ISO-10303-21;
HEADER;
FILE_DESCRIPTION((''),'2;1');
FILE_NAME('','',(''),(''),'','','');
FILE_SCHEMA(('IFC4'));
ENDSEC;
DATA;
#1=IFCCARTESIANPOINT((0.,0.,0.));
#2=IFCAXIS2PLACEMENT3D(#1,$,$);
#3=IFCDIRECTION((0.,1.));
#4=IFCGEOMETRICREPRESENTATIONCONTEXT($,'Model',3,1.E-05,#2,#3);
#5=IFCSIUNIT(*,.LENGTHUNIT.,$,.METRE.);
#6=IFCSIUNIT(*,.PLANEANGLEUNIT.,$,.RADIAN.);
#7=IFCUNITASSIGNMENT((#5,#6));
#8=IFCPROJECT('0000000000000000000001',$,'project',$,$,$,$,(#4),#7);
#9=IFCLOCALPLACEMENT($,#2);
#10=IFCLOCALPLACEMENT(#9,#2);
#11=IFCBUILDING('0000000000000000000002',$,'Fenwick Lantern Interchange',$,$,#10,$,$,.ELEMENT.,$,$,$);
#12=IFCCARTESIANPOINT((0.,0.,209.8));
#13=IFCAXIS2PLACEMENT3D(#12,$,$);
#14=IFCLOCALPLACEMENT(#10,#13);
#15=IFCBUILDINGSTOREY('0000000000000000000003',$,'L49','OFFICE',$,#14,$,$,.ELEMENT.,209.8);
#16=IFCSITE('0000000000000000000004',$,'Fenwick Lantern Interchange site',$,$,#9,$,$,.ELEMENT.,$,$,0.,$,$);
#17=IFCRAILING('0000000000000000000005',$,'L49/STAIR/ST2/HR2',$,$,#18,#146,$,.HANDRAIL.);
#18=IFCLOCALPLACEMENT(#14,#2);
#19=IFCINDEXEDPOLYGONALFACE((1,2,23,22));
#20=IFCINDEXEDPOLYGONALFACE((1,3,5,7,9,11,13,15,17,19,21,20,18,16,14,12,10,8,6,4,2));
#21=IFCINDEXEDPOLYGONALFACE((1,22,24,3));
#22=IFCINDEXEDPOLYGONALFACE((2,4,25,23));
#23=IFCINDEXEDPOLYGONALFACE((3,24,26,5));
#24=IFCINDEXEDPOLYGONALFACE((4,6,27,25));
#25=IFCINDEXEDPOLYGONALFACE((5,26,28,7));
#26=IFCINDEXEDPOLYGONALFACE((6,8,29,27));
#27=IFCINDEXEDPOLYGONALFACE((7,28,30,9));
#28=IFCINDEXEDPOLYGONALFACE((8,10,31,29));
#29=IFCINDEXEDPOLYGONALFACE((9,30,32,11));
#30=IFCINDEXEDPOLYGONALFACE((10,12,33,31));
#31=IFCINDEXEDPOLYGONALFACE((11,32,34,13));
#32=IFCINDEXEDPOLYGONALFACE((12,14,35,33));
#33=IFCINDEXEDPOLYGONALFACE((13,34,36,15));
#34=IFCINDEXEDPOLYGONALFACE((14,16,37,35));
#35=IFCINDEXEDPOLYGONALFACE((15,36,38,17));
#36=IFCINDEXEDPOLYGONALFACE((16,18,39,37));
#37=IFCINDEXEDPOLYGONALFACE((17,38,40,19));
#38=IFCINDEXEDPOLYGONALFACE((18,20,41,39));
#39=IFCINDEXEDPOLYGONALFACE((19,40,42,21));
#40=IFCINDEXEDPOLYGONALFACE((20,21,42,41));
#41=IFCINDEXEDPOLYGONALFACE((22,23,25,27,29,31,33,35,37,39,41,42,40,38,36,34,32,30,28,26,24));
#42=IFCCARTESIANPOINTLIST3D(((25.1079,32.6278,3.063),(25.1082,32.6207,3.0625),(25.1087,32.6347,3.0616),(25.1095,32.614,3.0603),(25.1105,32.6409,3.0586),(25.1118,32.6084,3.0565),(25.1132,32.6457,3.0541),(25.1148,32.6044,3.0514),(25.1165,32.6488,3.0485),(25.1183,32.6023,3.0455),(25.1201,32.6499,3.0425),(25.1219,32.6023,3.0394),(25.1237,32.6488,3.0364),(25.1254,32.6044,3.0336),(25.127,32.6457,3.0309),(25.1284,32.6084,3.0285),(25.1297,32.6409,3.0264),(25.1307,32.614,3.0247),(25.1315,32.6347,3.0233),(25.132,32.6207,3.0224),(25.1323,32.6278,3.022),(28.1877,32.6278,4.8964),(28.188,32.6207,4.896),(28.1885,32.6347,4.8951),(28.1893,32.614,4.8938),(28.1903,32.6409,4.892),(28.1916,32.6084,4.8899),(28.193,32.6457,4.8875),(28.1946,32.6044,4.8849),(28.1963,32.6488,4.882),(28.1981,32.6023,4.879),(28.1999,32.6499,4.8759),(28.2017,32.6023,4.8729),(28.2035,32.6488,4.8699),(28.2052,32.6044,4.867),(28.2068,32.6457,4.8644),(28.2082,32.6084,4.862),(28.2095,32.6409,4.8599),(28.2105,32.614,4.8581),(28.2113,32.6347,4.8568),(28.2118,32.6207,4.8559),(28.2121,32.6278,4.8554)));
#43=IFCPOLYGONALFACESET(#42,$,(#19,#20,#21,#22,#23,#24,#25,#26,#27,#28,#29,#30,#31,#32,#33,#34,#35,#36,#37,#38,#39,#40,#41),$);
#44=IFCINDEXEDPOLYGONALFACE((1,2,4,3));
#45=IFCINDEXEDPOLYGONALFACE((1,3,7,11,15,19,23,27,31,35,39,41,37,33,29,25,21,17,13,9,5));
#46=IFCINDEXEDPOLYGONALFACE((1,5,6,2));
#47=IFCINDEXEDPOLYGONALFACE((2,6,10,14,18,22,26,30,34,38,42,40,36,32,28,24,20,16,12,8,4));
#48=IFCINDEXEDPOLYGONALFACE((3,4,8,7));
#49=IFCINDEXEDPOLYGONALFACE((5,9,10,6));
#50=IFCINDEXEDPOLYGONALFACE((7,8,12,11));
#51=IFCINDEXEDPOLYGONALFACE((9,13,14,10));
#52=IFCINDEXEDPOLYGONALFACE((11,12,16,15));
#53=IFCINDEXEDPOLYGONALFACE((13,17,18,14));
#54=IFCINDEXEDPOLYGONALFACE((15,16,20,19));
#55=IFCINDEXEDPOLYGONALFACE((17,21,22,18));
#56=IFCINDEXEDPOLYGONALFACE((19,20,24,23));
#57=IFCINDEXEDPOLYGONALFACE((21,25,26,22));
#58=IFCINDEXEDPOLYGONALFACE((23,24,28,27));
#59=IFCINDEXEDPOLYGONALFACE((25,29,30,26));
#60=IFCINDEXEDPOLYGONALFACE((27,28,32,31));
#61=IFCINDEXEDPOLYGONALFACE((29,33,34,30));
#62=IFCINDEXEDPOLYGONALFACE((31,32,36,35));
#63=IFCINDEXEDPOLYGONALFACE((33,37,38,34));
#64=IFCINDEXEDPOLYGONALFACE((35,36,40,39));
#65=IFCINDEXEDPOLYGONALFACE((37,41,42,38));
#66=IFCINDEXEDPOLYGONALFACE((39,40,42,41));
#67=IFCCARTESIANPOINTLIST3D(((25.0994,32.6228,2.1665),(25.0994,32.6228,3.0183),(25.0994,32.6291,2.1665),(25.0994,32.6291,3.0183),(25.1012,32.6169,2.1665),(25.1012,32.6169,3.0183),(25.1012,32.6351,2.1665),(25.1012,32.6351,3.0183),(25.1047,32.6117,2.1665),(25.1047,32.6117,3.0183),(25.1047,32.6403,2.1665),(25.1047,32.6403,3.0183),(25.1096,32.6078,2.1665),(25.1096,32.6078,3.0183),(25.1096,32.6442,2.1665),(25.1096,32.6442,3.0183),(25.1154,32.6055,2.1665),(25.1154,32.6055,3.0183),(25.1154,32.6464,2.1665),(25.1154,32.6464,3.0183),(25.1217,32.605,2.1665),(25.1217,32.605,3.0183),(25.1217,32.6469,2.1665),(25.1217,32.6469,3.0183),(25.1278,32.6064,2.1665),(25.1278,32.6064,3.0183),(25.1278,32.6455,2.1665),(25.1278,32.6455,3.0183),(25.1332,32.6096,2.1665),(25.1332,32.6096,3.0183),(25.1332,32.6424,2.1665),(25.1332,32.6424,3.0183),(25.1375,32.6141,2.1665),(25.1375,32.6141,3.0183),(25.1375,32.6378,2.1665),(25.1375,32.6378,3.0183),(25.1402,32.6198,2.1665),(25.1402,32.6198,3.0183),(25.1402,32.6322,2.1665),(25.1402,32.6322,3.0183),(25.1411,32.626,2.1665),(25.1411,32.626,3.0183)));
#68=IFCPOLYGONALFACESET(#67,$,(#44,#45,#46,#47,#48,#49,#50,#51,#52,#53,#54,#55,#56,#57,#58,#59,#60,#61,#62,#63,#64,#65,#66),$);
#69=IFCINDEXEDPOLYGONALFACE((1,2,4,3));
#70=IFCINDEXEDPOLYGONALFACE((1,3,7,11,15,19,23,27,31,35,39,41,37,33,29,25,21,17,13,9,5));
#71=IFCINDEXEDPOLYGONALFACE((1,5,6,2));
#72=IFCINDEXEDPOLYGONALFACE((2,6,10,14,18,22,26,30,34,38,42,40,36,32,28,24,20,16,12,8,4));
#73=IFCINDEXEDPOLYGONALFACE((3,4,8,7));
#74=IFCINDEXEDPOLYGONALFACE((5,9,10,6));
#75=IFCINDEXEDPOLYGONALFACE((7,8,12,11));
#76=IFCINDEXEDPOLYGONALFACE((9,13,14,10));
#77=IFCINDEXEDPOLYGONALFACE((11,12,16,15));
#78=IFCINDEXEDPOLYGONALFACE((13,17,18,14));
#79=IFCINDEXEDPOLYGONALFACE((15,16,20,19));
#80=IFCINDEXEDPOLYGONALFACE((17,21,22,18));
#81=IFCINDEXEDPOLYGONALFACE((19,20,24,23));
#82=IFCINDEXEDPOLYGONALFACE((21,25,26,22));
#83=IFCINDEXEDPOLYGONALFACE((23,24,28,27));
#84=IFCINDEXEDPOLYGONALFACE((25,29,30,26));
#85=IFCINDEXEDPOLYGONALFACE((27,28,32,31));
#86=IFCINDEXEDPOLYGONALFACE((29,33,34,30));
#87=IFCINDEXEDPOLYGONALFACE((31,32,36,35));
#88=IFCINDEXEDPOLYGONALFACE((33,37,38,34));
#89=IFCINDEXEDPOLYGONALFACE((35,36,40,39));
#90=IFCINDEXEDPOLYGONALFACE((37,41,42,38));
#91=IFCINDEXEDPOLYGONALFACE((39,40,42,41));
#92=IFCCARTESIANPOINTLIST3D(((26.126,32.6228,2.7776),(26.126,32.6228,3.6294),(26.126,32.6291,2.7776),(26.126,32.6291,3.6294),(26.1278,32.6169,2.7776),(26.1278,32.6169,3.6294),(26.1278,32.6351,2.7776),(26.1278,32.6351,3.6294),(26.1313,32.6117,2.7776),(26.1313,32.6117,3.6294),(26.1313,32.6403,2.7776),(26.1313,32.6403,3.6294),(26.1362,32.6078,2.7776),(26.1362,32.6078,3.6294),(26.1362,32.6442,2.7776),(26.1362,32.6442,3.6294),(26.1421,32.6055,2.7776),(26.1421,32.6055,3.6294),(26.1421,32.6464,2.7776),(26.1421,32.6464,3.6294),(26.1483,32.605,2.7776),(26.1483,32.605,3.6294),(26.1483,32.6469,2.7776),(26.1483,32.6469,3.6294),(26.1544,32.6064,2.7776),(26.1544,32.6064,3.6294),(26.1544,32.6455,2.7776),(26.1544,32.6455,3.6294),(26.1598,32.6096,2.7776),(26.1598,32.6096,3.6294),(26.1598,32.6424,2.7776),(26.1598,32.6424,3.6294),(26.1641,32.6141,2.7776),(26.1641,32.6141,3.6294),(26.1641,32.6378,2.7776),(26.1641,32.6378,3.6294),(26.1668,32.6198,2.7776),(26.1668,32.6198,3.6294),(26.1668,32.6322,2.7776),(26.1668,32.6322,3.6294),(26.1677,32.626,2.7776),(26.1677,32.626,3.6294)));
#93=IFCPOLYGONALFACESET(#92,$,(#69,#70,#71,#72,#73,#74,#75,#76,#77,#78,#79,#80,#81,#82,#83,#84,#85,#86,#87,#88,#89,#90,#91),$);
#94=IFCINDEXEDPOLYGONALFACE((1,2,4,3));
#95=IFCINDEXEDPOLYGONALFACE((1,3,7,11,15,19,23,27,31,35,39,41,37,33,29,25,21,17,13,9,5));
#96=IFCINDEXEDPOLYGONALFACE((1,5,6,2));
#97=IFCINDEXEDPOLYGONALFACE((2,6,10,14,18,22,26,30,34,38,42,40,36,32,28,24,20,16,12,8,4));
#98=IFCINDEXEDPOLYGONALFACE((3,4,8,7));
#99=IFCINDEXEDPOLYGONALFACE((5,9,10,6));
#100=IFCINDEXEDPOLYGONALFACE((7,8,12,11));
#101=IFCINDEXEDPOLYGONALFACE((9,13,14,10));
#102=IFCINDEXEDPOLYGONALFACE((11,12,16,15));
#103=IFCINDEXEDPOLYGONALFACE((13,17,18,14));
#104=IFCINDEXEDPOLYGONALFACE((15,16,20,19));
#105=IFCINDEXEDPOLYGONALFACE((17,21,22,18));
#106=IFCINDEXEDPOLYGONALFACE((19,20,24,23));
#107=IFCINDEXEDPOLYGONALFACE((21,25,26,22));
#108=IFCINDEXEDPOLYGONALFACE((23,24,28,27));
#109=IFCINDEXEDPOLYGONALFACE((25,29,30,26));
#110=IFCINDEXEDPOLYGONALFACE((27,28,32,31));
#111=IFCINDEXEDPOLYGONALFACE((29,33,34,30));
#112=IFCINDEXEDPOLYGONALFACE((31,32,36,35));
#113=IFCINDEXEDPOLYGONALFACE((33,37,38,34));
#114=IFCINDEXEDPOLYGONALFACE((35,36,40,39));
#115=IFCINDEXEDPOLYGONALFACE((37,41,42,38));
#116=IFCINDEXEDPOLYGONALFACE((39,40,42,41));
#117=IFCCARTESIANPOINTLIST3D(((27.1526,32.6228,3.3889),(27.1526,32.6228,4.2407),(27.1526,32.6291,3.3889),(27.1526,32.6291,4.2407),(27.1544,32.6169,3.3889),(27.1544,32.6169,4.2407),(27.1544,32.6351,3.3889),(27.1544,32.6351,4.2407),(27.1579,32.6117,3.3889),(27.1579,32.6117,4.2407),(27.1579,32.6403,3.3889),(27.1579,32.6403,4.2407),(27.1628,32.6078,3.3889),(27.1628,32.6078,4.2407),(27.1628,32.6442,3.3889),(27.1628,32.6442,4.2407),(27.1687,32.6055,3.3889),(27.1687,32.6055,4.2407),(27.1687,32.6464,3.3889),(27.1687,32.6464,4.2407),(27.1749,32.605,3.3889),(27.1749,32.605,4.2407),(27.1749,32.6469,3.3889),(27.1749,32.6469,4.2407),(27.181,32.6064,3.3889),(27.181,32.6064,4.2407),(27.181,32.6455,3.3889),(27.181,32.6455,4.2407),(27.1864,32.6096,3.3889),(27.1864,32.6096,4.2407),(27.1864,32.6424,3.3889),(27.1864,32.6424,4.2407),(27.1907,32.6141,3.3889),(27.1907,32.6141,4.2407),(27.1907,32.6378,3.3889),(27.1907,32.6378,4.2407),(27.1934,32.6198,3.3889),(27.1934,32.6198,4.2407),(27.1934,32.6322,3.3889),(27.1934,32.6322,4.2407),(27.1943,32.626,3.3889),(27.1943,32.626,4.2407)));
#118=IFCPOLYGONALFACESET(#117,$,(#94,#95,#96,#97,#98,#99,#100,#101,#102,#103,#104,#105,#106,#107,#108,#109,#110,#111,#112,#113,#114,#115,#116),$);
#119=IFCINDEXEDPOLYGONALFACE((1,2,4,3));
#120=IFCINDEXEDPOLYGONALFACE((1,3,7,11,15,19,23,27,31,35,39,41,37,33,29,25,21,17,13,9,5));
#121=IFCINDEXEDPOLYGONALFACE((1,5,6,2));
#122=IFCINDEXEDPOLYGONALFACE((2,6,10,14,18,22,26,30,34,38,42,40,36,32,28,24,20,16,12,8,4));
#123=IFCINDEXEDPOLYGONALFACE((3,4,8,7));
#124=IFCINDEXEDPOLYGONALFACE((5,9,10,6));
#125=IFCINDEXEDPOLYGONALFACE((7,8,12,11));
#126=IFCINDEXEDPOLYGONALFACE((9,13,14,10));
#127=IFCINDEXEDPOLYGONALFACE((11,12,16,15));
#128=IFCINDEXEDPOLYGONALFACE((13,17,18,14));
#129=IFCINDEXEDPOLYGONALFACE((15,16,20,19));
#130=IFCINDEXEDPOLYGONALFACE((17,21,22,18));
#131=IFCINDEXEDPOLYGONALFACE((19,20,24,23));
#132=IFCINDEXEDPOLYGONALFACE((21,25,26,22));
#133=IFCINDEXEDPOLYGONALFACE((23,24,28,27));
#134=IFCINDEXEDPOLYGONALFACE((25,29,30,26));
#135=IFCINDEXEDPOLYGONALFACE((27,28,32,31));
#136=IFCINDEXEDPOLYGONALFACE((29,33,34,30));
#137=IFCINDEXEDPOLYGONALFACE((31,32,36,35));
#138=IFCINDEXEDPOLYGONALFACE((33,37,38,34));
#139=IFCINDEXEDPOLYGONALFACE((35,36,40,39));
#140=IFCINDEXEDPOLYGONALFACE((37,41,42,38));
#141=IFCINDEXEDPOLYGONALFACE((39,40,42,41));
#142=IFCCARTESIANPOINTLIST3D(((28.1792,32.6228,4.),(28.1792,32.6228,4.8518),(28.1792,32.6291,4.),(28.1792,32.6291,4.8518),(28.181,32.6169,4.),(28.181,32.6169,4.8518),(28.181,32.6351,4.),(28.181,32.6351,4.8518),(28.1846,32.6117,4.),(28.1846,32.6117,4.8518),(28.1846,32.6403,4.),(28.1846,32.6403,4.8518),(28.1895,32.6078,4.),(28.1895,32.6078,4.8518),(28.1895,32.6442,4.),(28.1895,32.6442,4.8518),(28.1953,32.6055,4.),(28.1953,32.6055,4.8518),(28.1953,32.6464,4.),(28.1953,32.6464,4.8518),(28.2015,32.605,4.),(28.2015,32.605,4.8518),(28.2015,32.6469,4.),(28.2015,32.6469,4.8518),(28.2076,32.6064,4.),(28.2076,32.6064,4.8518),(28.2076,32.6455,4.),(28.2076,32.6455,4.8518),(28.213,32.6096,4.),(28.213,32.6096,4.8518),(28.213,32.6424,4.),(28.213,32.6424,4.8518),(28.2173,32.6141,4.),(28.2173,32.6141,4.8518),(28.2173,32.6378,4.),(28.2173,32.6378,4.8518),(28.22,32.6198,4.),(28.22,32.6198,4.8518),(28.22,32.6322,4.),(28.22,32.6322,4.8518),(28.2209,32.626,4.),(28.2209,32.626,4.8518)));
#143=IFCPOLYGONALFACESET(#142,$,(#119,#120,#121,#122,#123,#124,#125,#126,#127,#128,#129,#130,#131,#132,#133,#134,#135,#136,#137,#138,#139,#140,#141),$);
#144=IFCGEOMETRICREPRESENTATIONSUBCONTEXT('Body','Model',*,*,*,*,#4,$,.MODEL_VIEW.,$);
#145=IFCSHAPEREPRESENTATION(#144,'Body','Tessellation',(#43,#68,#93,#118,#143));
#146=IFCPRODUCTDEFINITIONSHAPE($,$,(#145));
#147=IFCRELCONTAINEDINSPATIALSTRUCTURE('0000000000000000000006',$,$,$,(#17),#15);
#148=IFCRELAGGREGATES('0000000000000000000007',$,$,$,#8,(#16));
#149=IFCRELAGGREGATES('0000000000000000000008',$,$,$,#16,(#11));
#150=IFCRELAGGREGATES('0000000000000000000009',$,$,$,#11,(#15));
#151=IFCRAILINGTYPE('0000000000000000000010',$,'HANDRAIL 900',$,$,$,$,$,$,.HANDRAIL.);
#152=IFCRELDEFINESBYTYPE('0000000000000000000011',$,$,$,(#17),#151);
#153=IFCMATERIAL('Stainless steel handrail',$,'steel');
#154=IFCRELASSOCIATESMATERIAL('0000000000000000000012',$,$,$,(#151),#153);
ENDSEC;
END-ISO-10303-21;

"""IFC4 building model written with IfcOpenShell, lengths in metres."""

from ifc_helpers import new_model, si_unit, direction, frame, origin, origin_2d, place, context, subcontext, project, spatial, circle, extrude, material, type_object, element, save


model = new_model("IFC4")

# Units and contexts
model_context = context("Model", 3, precision=1e-05, world=origin(), true_north=direction((0.0, 1.0)))
body_context = subcontext(model_context, "Body", "Model", "MODEL_VIEW")
ifc_project = project(units=[si_unit("LENGTHUNIT", "METRE"), si_unit("PLANEANGLEUNIT", "RADIAN")], contexts=[model_context])

# Site, building, storey
site_placement = place(None, origin())
site = spatial("IfcSite", under=ifc_project, at=site_placement, Name="Fenwick Lantern Interchange site", CompositionType="ELEMENT", RefElevation=0.0)
building_placement = place(site_placement, origin())
building = spatial("IfcBuilding", under=site, at=building_placement, Name="Fenwick Lantern Interchange", CompositionType="ELEMENT")
storey_placement = place(building_placement, frame((0.0, 0.0, 209.8)))
storey = spatial("IfcBuildingStorey", under=building, at=storey_placement, Name="L49", Description="OFFICE", CompositionType="ELEMENT", Elevation=209.8)

# Railing
ifc_material_1 = material(Name="Stainless steel handrail", Category="steel")
railing_type = type_object("IfcRailingType", Name="HANDRAIL 900", PredefinedType="HANDRAIL", material=ifc_material_1)
railing_1_placement = place(storey_placement, frame((25.1201, 32.626, 2.1665)))
element("IfcRailing", 1, at=railing_1_placement, inside=storey, type_object=railing_type, Name="L49/STAIR/ST2/HR2", PredefinedType="HANDRAIL", context=body_context, shape_type="SweptSolid", body=[
    extrude(circle(Radius=0.0239, at=origin_2d()), frame((0.0, 0.0, 0.876), z_axis=(0.859261, 0.0, 0.511538), x_axis=(0.0, 1.0, 0.0)), (0.0, 0.0, 1.0), 3.5842),
    extrude(circle(Radius=0.021, at=origin_2d()), origin(), (0.0, 0.0, 1.0), 0.8518),
    extrude(circle(Radius=0.021, at=origin_2d()), frame((1.0266, 0.0, 0.6111)), (0.0, 0.0, 1.0), 0.8518),
    extrude(circle(Radius=0.021, at=origin_2d()), frame((2.0532, 0.0, 1.2224)), (0.0, 0.0, 1.0), 0.8518),
    extrude(circle(Radius=0.021, at=origin_2d()), frame((3.0798, 0.0, 1.8335)), (0.0, 0.0, 1.0), 0.8518),
])

save(model, "model.ifc")
